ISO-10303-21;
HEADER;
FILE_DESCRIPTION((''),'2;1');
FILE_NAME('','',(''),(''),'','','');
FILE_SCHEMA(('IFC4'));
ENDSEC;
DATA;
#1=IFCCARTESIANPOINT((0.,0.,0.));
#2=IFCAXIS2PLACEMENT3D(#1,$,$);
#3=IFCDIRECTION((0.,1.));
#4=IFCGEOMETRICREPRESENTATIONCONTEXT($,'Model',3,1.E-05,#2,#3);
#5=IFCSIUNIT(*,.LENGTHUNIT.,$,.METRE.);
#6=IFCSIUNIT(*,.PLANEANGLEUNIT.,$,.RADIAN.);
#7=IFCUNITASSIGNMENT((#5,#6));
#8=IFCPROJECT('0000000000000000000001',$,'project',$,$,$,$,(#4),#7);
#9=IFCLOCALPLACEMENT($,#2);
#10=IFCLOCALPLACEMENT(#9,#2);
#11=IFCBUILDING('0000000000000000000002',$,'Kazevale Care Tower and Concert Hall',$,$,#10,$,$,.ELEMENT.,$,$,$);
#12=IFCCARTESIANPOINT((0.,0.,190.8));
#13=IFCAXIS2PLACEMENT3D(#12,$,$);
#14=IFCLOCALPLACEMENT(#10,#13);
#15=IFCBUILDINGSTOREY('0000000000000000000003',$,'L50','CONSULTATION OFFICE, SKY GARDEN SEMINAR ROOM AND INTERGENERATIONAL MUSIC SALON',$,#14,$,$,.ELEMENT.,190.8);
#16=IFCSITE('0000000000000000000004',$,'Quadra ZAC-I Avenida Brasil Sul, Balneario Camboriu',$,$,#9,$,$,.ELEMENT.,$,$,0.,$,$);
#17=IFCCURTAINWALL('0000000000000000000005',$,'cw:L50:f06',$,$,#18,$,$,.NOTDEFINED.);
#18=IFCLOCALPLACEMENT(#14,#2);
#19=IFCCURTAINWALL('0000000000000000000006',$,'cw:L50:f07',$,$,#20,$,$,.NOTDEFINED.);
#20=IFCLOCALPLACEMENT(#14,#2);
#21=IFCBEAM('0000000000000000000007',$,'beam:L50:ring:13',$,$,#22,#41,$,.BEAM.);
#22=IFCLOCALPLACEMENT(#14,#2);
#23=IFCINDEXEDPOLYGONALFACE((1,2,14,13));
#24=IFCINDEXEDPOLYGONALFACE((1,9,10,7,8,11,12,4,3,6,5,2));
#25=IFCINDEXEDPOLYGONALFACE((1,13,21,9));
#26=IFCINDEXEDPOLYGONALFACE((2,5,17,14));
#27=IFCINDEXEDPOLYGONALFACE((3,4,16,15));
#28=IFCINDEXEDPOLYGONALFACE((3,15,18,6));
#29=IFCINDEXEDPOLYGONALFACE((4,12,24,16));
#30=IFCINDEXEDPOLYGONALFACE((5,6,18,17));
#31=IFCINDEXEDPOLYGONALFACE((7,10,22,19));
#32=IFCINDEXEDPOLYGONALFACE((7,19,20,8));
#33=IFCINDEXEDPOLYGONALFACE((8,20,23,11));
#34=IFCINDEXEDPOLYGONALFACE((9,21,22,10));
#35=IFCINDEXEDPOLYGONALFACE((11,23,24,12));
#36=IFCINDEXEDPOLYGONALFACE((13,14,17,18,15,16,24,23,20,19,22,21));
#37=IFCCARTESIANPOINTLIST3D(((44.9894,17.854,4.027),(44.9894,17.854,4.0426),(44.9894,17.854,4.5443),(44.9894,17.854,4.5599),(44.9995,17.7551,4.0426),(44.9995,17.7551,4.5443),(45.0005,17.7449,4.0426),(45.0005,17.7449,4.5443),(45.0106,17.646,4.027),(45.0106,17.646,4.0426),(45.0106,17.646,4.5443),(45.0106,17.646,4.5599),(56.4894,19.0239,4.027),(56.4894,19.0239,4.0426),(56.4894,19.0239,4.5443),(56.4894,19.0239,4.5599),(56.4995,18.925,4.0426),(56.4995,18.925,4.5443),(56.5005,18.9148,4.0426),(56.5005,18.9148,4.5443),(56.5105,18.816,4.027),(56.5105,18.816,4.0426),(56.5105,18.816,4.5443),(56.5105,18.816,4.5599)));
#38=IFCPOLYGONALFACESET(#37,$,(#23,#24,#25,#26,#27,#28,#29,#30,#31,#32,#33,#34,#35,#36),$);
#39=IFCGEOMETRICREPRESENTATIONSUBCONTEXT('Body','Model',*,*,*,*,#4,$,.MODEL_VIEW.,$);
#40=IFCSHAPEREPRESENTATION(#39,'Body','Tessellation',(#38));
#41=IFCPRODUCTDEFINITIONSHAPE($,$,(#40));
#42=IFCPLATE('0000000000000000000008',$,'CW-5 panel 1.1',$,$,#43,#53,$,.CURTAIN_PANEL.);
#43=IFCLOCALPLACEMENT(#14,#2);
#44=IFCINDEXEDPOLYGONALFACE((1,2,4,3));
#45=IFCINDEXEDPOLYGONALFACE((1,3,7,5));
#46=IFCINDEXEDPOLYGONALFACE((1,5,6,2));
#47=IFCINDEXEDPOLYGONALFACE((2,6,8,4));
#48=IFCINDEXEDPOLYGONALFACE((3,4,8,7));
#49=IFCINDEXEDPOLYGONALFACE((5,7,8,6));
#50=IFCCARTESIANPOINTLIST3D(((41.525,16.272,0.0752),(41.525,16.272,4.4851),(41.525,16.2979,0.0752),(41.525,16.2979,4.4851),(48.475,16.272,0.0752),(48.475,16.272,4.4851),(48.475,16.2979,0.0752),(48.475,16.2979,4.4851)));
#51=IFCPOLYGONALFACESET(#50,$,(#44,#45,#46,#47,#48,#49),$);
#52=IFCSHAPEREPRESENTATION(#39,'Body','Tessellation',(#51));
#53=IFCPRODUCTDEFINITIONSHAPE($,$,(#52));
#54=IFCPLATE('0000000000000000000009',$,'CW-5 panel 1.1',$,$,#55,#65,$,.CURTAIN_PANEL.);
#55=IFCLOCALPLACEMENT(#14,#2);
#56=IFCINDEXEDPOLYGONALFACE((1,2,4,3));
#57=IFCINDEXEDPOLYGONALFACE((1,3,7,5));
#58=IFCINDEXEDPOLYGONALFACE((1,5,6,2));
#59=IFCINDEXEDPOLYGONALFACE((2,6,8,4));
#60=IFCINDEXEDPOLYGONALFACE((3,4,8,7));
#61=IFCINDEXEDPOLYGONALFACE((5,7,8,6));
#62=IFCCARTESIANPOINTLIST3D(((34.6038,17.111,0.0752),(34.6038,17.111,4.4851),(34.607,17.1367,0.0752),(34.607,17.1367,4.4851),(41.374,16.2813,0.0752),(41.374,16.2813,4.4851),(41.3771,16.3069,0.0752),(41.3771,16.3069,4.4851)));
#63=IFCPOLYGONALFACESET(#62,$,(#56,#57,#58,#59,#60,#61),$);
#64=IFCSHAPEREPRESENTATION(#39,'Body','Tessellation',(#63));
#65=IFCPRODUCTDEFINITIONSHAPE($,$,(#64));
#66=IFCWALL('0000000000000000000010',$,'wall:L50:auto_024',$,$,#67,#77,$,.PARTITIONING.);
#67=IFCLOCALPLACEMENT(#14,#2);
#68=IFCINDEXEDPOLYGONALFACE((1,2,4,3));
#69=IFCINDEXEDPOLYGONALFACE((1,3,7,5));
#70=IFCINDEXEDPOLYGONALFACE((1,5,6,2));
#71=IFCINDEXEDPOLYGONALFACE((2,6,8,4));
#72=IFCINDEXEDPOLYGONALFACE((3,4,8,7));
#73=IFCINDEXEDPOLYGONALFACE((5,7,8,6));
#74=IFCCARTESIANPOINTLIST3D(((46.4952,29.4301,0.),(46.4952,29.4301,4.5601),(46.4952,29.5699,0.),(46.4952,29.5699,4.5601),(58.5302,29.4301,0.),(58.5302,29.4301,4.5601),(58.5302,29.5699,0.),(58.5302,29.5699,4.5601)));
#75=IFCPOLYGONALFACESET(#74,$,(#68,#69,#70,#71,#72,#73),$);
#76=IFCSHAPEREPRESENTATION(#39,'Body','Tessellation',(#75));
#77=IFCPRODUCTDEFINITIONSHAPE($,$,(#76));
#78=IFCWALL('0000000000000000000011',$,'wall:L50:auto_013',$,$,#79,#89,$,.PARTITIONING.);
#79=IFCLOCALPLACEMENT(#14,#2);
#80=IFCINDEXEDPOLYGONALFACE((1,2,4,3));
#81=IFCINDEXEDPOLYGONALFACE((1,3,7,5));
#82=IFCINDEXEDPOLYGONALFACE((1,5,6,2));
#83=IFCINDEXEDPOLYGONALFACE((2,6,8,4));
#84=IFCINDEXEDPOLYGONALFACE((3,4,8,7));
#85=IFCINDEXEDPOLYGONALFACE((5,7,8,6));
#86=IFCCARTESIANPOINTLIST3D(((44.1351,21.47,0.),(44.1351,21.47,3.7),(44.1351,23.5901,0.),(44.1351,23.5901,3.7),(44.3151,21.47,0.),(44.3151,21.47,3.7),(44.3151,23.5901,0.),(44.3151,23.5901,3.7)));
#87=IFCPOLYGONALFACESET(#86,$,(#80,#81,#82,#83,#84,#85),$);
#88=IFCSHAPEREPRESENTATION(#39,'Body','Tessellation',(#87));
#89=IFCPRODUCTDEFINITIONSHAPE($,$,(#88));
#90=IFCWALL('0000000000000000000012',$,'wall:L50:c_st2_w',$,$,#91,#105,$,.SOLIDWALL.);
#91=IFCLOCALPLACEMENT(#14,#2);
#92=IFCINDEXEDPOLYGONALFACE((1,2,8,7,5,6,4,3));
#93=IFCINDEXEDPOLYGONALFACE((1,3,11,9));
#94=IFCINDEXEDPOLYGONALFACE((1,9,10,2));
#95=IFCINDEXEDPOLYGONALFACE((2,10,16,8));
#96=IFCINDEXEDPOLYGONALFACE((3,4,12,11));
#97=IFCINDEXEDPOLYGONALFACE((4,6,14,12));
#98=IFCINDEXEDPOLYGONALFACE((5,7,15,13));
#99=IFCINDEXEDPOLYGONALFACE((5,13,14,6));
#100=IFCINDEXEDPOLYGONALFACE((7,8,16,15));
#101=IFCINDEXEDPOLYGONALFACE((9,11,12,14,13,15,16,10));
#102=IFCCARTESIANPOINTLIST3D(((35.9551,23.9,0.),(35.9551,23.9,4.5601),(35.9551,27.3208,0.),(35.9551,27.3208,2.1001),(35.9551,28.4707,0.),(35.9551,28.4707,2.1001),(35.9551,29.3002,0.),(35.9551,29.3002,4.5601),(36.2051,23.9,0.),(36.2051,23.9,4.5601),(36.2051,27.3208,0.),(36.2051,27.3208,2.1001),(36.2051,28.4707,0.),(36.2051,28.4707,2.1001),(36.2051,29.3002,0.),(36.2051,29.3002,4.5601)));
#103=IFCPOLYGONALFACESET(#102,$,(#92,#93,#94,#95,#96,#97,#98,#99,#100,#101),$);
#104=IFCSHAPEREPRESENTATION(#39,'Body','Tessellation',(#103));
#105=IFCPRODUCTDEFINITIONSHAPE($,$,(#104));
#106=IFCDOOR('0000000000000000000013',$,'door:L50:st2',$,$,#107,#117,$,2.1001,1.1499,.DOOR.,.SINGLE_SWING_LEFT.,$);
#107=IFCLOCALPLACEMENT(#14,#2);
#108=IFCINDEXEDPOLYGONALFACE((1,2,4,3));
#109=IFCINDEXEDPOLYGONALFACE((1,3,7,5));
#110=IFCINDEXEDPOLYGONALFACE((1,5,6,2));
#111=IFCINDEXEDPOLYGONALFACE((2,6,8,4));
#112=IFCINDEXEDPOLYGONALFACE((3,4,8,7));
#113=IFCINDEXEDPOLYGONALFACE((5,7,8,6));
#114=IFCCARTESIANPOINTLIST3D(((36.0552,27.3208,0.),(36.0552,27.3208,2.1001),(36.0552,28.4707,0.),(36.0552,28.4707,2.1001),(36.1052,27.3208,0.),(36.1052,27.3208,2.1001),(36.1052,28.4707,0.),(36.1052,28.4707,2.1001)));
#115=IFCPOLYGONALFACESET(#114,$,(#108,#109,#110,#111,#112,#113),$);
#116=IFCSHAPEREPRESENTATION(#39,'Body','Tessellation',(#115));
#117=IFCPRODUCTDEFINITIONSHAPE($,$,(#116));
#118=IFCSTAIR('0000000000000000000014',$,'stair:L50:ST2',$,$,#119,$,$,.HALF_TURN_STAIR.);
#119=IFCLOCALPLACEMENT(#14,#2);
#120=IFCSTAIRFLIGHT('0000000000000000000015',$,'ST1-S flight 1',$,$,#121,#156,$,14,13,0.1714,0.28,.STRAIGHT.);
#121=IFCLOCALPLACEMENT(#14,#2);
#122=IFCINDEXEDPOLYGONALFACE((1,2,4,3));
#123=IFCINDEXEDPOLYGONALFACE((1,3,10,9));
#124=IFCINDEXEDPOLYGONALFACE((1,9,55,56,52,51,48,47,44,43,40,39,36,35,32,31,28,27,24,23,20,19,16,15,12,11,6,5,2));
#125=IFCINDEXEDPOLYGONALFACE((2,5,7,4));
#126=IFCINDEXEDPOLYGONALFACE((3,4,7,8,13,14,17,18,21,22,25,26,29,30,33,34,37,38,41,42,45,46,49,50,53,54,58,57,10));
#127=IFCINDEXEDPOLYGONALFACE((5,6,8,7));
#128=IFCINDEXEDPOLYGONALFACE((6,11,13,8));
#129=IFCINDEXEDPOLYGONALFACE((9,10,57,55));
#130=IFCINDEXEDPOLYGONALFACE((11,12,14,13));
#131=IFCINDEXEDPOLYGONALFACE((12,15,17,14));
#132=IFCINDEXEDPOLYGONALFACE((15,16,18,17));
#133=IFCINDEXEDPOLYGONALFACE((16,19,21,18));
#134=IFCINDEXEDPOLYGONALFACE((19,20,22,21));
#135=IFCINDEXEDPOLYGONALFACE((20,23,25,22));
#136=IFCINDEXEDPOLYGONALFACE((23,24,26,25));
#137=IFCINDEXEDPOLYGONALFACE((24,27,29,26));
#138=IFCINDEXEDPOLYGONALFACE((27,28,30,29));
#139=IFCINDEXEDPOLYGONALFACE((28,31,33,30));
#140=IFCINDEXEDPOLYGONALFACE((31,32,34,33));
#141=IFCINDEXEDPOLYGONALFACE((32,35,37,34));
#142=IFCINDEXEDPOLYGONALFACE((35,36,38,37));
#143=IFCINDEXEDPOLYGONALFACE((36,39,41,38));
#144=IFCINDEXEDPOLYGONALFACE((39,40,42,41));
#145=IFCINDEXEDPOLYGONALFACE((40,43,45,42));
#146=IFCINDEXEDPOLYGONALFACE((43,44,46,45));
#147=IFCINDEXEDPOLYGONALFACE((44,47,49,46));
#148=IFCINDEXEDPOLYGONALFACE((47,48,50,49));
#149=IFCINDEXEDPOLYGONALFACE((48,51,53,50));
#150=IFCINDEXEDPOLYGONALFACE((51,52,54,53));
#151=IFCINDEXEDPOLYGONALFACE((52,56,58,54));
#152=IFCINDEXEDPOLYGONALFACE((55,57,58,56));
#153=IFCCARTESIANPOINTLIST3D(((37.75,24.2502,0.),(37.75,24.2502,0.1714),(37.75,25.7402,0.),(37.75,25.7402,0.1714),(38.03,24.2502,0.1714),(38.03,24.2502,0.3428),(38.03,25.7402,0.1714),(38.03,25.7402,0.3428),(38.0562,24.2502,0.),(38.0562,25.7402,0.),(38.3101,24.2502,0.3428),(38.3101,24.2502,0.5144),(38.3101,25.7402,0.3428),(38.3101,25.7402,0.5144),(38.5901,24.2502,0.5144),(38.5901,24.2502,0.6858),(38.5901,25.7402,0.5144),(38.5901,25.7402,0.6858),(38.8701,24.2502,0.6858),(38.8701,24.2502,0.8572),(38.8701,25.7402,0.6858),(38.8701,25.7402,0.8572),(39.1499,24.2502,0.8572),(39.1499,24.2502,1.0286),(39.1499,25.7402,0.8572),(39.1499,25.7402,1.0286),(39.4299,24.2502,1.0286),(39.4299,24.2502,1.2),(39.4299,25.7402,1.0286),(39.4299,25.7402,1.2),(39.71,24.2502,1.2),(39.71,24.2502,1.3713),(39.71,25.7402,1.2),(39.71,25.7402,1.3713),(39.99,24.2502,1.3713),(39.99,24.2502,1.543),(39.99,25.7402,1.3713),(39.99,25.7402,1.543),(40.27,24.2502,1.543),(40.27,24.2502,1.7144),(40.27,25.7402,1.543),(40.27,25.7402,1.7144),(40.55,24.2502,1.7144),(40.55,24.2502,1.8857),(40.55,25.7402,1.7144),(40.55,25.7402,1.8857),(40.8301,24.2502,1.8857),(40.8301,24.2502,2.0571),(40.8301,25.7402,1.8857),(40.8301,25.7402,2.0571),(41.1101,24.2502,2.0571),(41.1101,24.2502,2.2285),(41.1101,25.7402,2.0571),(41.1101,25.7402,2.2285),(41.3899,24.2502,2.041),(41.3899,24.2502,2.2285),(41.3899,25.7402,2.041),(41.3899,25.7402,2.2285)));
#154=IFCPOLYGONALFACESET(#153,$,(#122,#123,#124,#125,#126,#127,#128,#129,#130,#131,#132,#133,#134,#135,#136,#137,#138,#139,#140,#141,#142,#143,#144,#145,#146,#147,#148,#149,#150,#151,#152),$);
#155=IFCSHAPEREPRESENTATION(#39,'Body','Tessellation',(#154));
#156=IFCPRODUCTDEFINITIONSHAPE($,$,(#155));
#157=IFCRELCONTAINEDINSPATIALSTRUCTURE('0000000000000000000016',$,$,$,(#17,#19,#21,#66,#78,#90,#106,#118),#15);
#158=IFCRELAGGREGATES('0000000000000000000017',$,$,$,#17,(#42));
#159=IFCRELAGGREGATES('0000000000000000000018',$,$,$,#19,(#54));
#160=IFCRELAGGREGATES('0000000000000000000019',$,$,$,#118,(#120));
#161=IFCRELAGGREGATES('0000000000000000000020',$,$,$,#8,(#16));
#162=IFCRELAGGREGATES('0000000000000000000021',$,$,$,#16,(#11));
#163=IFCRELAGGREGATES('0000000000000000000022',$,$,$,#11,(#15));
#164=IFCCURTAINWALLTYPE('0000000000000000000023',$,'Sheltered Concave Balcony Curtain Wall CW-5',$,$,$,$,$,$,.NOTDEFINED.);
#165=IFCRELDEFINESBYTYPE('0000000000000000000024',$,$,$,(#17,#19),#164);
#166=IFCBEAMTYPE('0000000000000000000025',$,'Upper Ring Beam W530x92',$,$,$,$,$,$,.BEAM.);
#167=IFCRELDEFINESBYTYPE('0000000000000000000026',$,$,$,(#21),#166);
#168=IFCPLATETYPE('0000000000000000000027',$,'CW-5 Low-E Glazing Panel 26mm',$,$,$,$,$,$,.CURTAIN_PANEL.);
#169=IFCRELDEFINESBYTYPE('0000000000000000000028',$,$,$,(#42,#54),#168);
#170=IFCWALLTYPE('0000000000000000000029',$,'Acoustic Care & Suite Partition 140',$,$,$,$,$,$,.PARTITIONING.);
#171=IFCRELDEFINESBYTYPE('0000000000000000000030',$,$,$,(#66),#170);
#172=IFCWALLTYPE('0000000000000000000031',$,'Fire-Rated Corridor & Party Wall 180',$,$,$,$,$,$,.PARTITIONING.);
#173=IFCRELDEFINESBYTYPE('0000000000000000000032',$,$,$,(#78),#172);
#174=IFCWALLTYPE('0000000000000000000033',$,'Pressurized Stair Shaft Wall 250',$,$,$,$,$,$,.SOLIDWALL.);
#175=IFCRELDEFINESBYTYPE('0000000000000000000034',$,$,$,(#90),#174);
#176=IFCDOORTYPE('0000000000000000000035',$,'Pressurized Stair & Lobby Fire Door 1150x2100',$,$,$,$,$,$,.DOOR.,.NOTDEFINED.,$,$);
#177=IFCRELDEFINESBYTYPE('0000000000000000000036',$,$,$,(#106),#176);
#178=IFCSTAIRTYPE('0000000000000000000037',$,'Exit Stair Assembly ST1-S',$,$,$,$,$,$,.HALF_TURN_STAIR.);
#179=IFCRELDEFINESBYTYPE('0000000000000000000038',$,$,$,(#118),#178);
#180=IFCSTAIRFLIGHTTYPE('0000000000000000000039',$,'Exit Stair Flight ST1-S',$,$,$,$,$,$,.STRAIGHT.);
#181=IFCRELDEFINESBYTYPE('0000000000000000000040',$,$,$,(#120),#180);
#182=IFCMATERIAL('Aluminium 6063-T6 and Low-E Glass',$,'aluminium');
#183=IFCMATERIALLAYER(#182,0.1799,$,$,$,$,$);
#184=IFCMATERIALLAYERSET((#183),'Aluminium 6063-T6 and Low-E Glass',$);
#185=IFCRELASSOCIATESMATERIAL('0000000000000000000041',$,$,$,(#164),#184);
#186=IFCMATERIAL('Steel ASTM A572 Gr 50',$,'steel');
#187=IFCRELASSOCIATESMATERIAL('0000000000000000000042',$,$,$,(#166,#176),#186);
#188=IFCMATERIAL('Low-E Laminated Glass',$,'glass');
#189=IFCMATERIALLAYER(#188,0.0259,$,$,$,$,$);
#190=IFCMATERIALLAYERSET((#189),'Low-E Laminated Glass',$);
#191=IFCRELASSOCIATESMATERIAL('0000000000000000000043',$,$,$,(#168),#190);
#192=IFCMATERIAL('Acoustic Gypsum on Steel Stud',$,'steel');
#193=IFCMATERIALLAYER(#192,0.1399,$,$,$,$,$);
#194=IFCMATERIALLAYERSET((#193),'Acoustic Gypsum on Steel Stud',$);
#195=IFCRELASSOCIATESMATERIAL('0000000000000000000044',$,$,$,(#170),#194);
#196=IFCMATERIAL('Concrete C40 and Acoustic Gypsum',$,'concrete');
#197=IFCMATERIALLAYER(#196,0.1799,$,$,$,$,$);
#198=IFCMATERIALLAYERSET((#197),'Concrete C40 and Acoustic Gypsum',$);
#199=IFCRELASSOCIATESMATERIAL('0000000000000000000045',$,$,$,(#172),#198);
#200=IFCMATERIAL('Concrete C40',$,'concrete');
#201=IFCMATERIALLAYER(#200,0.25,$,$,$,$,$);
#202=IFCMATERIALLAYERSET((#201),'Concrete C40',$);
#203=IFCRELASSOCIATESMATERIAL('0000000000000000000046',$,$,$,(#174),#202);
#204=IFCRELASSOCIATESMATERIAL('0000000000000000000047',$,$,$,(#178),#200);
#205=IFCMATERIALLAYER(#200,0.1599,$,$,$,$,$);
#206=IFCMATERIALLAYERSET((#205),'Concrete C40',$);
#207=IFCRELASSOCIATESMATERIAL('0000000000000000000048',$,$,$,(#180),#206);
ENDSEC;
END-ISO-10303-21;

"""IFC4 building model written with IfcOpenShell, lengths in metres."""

from ifc_helpers import new_model, si_unit, direction, frame, frame_2d, origin, origin_2d, place, context, subcontext, project, spatial, polyline, rectangle, i_section, outline, extrude, material, layer, layer_set, material_profile, profile_set, type_object, element, fill, aggregate, save


model = new_model("IFC4")

# Units and contexts
model_context = context("Model", 3, precision=1e-05, world=origin(), true_north=direction((0.0, 1.0)))
body_context = subcontext(model_context, "Body", "Model", "MODEL_VIEW")
ifc_project = project(units=[si_unit("LENGTHUNIT", "METRE"), si_unit("PLANEANGLEUNIT", "RADIAN")], contexts=[model_context])

# Site, building, storey
site_placement = place(None, origin())
site = spatial("IfcSite", under=ifc_project, at=site_placement, Name="Quadra ZAC-I Avenida Brasil Sul, Balneario Camboriu", CompositionType="ELEMENT", RefElevation=0.0)
building_placement = place(site_placement, origin())
building = spatial("IfcBuilding", under=site, at=building_placement, Name="Kazevale Care Tower and Concert Hall", CompositionType="ELEMENT")
storey_placement = place(building_placement, frame((0.0, 0.0, 190.8)))
storey = spatial("IfcBuildingStorey", under=building, at=storey_placement, Name="L50", Description="CONSULTATION OFFICE, SKY GARDEN SEMINAR ROOM AND INTERGENERATIONAL MUSIC SALON", CompositionType="ELEMENT", Elevation=190.8)

# Curtain wall
ifc_material_1 = material(Name="Aluminium 6063-T6 and Low-E Glass", Category="aluminium")
ifc_layer_1 = layer(ifc_material_1, 0.1799)
ifc_layer_set_1 = layer_set([ifc_layer_1], Name="Aluminium 6063-T6 and Low-E Glass")
curtain_wall_type = type_object("IfcCurtainWallType", Name="Sheltered Concave Balcony Curtain Wall CW-5", PredefinedType="NOTDEFINED", material=ifc_layer_set_1)
curtain_wall_1_placement = place(storey_placement, origin())
curtain_wall_1 = element("IfcCurtainWall", 1, at=curtain_wall_1_placement, inside=storey, type_object=curtain_wall_type, Name="cw:L50:f06", PredefinedType="NOTDEFINED")

# Curtain wall
curtain_wall_2_placement = place(storey_placement, origin())
curtain_wall_2 = element("IfcCurtainWall", 2, at=curtain_wall_2_placement, inside=storey, type_object=curtain_wall_type, Name="cw:L50:f07", PredefinedType="NOTDEFINED")

# Beam
ifc_material_2 = material(Name="Steel ASTM A572 Gr 50", Category="steel")
ifc_material_profile_1 = material_profile(ifc_material_2, i_section(OverallWidth=0.209, OverallDepth=0.533, WebThickness=0.0103, FlangeThickness=0.0156, at=origin_2d()), Name="W530x92")
ifc_profile_set_1 = profile_set([ifc_material_profile_1], Name="Steel ASTM A572 Gr 50")
beam_type_1 = type_object("IfcBeamType", Name="Upper Ring Beam W530x92", PredefinedType="BEAM", material=ifc_profile_set_1)
beam_1_placement = place(storey_placement, frame((45.0, 17.75, 4.2935), z_axis=(0.994865, 0.10121, 0.0), x_axis=(-0.10121, 0.994865, 0.0)))
element("IfcBeam", 3, at=beam_1_placement, inside=storey, type_object=beam_type_1, Name="beam:L50:ring:13", PredefinedType="BEAM", context=body_context, shape_type="SweptSolid", body=[
    extrude(i_section(OverallWidth=0.209, OverallDepth=0.533, WebThickness=0.0103, FlangeThickness=0.0156, at=origin_2d()), origin(), (0.0, 0.0, 1.0), 11.5593),
])

# Plates
ifc_material_3 = material(Name="Low-E Laminated Glass", Category="glass")
ifc_layer_2 = layer(ifc_material_3, 0.0259)
ifc_layer_set_2 = layer_set([ifc_layer_2], Name="Low-E Laminated Glass")
plate_type = type_object("IfcPlateType", Name="CW-5 Low-E Glazing Panel 26mm", PredefinedType="CURTAIN_PANEL", material=ifc_layer_set_2)
plate_1_placement = place(storey_placement, frame((45.0, 16.2849, 0.0752), z_axis=(0.0, 0.0, 1.0), x_axis=(-1.0, 0.0, 0.0)))
plate_1 = element("IfcPlate", 4, at=plate_1_placement, type_object=plate_type, Name="CW-5 panel 1.1", PredefinedType="CURTAIN_PANEL", context=body_context, shape_type="SweptSolid", body=[
    extrude(rectangle(XDim=6.95, YDim=0.0259, at=origin_2d()), origin(), (0.0, 0.0, 1.0), 4.4099),
])
aggregate(curtain_wall_1, [plate_1])
plate_2_placement = place(storey_placement, frame((37.9905, 16.709, 0.0752), z_axis=(0.0, 0.0, 1.0), x_axis=(-0.992573, 0.121651, 0.0)))
plate_2 = element("IfcPlate", 5, at=plate_2_placement, type_object=plate_type, Name="CW-5 panel 1.1", PredefinedType="CURTAIN_PANEL", context=body_context, shape_type="SweptSolid", body=[
    extrude(rectangle(XDim=6.8208, YDim=0.0259, at=origin_2d()), origin(), (0.0, 0.0, 1.0), 4.4099),
])
aggregate(curtain_wall_2, [plate_2])

# Wall
ifc_material_4 = material(Name="Acoustic Gypsum on Steel Stud", Category="steel")
ifc_layer_3 = layer(ifc_material_4, 0.1399)
ifc_layer_set_3 = layer_set([ifc_layer_3], Name="Acoustic Gypsum on Steel Stud")
wall_type_1 = type_object("IfcWallType", Name="Acoustic Care & Suite Partition 140", PredefinedType="PARTITIONING", material=ifc_layer_set_3)
wall_1_placement = place(storey_placement, frame((46.4951, 29.5, 0.0), z_axis=(0.0, 0.0, 1.0), x_axis=(1.0, 0.0, 0.0)))
element("IfcWall", 6, at=wall_1_placement, inside=storey, type_object=wall_type_1, Name="wall:L50:auto_024", PredefinedType="PARTITIONING", context=body_context, shape_type="SweptSolid", body=[
    extrude(rectangle(XDim=12.0349, YDim=0.1399, at=frame_2d((6.0176, 0.0))), origin(), (0.0, 0.0, 1.0), 4.5601),
])

# Wall
ifc_material_5 = material(Name="Concrete C40 and Acoustic Gypsum", Category="concrete")
ifc_layer_4 = layer(ifc_material_5, 0.1799)
ifc_layer_set_4 = layer_set([ifc_layer_4], Name="Concrete C40 and Acoustic Gypsum")
wall_type_2 = type_object("IfcWallType", Name="Fire-Rated Corridor & Party Wall 180", PredefinedType="PARTITIONING", material=ifc_layer_set_4)
wall_2_placement = place(storey_placement, frame((44.2251, 21.47, 0.0), z_axis=(0.0, 0.0, 1.0), x_axis=(0.0, 1.0, 0.0)))
element("IfcWall", 7, at=wall_2_placement, inside=storey, type_object=wall_type_2, Name="wall:L50:auto_013", PredefinedType="PARTITIONING", context=body_context, shape_type="SweptSolid", body=[
    extrude(rectangle(XDim=2.1201, YDim=0.1799, at=frame_2d((1.0601, 0.0))), origin(), (0.0, 0.0, 1.0), 3.7),
])

# Wall, opening, door
ifc_material_6 = material(Name="Concrete C40", Category="concrete")
ifc_layer_5 = layer(ifc_material_6, 0.25)
ifc_layer_set_5 = layer_set([ifc_layer_5], Name="Concrete C40")
wall_type_3 = type_object("IfcWallType", Name="Pressurized Stair Shaft Wall 250", PredefinedType="SOLIDWALL", material=ifc_layer_set_5)
wall_3_placement = place(storey_placement, frame((36.0801, 23.8999, 0.0), z_axis=(0.0, 0.0, 1.0), x_axis=(0.0, 1.0, 0.0)))
wall_3 = element("IfcWall", 8, at=wall_3_placement, inside=storey, type_object=wall_type_3, Name="wall:L50:c_st2_w", PredefinedType="SOLIDWALL", context=body_context, shape_type="SweptSolid", body=[
    extrude(rectangle(XDim=5.4001, YDim=0.25, at=frame_2d((2.7002, 0.0))), origin(), (0.0, 0.0, 1.0), 4.5601),
])
opening_1_placement = place(wall_3_placement, frame((3.4209, 0.0, 0.0)))
opening_1 = element("IfcOpeningElement", 9, at=opening_1_placement, cuts=wall_3, PredefinedType="OPENING", context=body_context, shape_type="SweptSolid", body=[
    extrude(rectangle(XDim=1.1499, YDim=2.1001, at=frame_2d((0.575, 1.05))), frame((0.0, 0.135, 0.0), z_axis=(0.0, -1.0, 0.0), x_axis=(1.0, 0.0, 0.0)), (0.0, 0.0, 1.0), 0.27),
])
door_type_1 = type_object("IfcDoorType", Name="Pressurized Stair & Lobby Fire Door 1150x2100", OperationType="NOTDEFINED", PredefinedType="DOOR", material=ifc_material_2)
door_1_placement = place(opening_1_placement, origin())
door_1 = element("IfcDoor", 10, at=door_1_placement, inside=storey, type_object=door_type_1, Name="door:L50:st2", OperationType="SINGLE_SWING_LEFT", OverallHeight=2.1001, OverallWidth=1.1499, PredefinedType="DOOR", context=body_context, shape_type="SweptSolid", body=[
    extrude(rectangle(XDim=1.1499, YDim=2.1001, at=frame_2d((0.575, 1.05))), frame((0.0, 0.0249, 0.0), z_axis=(0.0, -1.0, 0.0), x_axis=(1.0, 0.0, 0.0)), (0.0, 0.0, 1.0), 0.05),
])
fill(opening_1, door_1)

# Stair, stair flight
stair_type = type_object("IfcStairType", Name="Exit Stair Assembly ST1-S", PredefinedType="HALF_TURN_STAIR", material=ifc_material_6)
stair_placement = place(storey_placement, origin())
stair = element("IfcStair", 11, at=stair_placement, inside=storey, type_object=stair_type, Name="stair:L50:ST2", PredefinedType="HALF_TURN_STAIR")
ifc_layer_6 = layer(ifc_material_6, 0.1599)
ifc_layer_set_6 = layer_set([ifc_layer_6], Name="Concrete C40")
stair_flight_type = type_object("IfcStairFlightType", Name="Exit Stair Flight ST1-S", PredefinedType="STRAIGHT", material=ifc_layer_set_6)
stair_flight_1_placement = place(storey_placement, frame((37.75, 24.9951, 0.0), z_axis=(0.0, 0.0, 1.0), x_axis=(1.0, 0.0, 0.0)))
stair_flight_1 = element("IfcStairFlight", 12, at=stair_flight_1_placement, type_object=stair_flight_type, Name="ST1-S flight 1", NumberOfRisers=14, NumberOfTreads=13, PredefinedType="STRAIGHT", RiserHeight=0.1714, TreadLength=0.28, context=body_context, shape_type="SweptSolid", body=[
    extrude(outline(polyline([(0.0, 0.0), (0.0, 0.1714), (0.28, 0.1714), (0.28, 0.3428), (0.5601, 0.3428), (0.5601, 0.5144), (0.8401, 0.5144), (0.8401, 0.6858), (1.1201, 0.6858), (1.1201, 0.8572), (1.3999, 0.8572), (1.3999, 1.0286), (1.6799, 1.0286), (1.6799, 1.2), (1.96, 1.2), (1.96, 1.3713), (2.24, 1.3713), (2.24, 1.543), (2.52, 1.543), (2.52, 1.7144), (2.8, 1.7144), (2.8, 1.8857), (3.0801, 1.8857), (3.0801, 2.0571), (3.3601, 2.0571), (3.3601, 2.2285), (3.6399, 2.2285), (3.6399, 2.3999), (3.6399, 2.041), (0.3062, 0.0), (0.0, 0.0)])), frame((0.0, 0.7451, 0.0), z_axis=(0.0, -1.0, 0.0), x_axis=(1.0, 0.0, 0.0)), (0.0, 0.0, 1.0), 1.49),
])
aggregate(stair, [stair_flight_1])

save(model, "model.ifc")
